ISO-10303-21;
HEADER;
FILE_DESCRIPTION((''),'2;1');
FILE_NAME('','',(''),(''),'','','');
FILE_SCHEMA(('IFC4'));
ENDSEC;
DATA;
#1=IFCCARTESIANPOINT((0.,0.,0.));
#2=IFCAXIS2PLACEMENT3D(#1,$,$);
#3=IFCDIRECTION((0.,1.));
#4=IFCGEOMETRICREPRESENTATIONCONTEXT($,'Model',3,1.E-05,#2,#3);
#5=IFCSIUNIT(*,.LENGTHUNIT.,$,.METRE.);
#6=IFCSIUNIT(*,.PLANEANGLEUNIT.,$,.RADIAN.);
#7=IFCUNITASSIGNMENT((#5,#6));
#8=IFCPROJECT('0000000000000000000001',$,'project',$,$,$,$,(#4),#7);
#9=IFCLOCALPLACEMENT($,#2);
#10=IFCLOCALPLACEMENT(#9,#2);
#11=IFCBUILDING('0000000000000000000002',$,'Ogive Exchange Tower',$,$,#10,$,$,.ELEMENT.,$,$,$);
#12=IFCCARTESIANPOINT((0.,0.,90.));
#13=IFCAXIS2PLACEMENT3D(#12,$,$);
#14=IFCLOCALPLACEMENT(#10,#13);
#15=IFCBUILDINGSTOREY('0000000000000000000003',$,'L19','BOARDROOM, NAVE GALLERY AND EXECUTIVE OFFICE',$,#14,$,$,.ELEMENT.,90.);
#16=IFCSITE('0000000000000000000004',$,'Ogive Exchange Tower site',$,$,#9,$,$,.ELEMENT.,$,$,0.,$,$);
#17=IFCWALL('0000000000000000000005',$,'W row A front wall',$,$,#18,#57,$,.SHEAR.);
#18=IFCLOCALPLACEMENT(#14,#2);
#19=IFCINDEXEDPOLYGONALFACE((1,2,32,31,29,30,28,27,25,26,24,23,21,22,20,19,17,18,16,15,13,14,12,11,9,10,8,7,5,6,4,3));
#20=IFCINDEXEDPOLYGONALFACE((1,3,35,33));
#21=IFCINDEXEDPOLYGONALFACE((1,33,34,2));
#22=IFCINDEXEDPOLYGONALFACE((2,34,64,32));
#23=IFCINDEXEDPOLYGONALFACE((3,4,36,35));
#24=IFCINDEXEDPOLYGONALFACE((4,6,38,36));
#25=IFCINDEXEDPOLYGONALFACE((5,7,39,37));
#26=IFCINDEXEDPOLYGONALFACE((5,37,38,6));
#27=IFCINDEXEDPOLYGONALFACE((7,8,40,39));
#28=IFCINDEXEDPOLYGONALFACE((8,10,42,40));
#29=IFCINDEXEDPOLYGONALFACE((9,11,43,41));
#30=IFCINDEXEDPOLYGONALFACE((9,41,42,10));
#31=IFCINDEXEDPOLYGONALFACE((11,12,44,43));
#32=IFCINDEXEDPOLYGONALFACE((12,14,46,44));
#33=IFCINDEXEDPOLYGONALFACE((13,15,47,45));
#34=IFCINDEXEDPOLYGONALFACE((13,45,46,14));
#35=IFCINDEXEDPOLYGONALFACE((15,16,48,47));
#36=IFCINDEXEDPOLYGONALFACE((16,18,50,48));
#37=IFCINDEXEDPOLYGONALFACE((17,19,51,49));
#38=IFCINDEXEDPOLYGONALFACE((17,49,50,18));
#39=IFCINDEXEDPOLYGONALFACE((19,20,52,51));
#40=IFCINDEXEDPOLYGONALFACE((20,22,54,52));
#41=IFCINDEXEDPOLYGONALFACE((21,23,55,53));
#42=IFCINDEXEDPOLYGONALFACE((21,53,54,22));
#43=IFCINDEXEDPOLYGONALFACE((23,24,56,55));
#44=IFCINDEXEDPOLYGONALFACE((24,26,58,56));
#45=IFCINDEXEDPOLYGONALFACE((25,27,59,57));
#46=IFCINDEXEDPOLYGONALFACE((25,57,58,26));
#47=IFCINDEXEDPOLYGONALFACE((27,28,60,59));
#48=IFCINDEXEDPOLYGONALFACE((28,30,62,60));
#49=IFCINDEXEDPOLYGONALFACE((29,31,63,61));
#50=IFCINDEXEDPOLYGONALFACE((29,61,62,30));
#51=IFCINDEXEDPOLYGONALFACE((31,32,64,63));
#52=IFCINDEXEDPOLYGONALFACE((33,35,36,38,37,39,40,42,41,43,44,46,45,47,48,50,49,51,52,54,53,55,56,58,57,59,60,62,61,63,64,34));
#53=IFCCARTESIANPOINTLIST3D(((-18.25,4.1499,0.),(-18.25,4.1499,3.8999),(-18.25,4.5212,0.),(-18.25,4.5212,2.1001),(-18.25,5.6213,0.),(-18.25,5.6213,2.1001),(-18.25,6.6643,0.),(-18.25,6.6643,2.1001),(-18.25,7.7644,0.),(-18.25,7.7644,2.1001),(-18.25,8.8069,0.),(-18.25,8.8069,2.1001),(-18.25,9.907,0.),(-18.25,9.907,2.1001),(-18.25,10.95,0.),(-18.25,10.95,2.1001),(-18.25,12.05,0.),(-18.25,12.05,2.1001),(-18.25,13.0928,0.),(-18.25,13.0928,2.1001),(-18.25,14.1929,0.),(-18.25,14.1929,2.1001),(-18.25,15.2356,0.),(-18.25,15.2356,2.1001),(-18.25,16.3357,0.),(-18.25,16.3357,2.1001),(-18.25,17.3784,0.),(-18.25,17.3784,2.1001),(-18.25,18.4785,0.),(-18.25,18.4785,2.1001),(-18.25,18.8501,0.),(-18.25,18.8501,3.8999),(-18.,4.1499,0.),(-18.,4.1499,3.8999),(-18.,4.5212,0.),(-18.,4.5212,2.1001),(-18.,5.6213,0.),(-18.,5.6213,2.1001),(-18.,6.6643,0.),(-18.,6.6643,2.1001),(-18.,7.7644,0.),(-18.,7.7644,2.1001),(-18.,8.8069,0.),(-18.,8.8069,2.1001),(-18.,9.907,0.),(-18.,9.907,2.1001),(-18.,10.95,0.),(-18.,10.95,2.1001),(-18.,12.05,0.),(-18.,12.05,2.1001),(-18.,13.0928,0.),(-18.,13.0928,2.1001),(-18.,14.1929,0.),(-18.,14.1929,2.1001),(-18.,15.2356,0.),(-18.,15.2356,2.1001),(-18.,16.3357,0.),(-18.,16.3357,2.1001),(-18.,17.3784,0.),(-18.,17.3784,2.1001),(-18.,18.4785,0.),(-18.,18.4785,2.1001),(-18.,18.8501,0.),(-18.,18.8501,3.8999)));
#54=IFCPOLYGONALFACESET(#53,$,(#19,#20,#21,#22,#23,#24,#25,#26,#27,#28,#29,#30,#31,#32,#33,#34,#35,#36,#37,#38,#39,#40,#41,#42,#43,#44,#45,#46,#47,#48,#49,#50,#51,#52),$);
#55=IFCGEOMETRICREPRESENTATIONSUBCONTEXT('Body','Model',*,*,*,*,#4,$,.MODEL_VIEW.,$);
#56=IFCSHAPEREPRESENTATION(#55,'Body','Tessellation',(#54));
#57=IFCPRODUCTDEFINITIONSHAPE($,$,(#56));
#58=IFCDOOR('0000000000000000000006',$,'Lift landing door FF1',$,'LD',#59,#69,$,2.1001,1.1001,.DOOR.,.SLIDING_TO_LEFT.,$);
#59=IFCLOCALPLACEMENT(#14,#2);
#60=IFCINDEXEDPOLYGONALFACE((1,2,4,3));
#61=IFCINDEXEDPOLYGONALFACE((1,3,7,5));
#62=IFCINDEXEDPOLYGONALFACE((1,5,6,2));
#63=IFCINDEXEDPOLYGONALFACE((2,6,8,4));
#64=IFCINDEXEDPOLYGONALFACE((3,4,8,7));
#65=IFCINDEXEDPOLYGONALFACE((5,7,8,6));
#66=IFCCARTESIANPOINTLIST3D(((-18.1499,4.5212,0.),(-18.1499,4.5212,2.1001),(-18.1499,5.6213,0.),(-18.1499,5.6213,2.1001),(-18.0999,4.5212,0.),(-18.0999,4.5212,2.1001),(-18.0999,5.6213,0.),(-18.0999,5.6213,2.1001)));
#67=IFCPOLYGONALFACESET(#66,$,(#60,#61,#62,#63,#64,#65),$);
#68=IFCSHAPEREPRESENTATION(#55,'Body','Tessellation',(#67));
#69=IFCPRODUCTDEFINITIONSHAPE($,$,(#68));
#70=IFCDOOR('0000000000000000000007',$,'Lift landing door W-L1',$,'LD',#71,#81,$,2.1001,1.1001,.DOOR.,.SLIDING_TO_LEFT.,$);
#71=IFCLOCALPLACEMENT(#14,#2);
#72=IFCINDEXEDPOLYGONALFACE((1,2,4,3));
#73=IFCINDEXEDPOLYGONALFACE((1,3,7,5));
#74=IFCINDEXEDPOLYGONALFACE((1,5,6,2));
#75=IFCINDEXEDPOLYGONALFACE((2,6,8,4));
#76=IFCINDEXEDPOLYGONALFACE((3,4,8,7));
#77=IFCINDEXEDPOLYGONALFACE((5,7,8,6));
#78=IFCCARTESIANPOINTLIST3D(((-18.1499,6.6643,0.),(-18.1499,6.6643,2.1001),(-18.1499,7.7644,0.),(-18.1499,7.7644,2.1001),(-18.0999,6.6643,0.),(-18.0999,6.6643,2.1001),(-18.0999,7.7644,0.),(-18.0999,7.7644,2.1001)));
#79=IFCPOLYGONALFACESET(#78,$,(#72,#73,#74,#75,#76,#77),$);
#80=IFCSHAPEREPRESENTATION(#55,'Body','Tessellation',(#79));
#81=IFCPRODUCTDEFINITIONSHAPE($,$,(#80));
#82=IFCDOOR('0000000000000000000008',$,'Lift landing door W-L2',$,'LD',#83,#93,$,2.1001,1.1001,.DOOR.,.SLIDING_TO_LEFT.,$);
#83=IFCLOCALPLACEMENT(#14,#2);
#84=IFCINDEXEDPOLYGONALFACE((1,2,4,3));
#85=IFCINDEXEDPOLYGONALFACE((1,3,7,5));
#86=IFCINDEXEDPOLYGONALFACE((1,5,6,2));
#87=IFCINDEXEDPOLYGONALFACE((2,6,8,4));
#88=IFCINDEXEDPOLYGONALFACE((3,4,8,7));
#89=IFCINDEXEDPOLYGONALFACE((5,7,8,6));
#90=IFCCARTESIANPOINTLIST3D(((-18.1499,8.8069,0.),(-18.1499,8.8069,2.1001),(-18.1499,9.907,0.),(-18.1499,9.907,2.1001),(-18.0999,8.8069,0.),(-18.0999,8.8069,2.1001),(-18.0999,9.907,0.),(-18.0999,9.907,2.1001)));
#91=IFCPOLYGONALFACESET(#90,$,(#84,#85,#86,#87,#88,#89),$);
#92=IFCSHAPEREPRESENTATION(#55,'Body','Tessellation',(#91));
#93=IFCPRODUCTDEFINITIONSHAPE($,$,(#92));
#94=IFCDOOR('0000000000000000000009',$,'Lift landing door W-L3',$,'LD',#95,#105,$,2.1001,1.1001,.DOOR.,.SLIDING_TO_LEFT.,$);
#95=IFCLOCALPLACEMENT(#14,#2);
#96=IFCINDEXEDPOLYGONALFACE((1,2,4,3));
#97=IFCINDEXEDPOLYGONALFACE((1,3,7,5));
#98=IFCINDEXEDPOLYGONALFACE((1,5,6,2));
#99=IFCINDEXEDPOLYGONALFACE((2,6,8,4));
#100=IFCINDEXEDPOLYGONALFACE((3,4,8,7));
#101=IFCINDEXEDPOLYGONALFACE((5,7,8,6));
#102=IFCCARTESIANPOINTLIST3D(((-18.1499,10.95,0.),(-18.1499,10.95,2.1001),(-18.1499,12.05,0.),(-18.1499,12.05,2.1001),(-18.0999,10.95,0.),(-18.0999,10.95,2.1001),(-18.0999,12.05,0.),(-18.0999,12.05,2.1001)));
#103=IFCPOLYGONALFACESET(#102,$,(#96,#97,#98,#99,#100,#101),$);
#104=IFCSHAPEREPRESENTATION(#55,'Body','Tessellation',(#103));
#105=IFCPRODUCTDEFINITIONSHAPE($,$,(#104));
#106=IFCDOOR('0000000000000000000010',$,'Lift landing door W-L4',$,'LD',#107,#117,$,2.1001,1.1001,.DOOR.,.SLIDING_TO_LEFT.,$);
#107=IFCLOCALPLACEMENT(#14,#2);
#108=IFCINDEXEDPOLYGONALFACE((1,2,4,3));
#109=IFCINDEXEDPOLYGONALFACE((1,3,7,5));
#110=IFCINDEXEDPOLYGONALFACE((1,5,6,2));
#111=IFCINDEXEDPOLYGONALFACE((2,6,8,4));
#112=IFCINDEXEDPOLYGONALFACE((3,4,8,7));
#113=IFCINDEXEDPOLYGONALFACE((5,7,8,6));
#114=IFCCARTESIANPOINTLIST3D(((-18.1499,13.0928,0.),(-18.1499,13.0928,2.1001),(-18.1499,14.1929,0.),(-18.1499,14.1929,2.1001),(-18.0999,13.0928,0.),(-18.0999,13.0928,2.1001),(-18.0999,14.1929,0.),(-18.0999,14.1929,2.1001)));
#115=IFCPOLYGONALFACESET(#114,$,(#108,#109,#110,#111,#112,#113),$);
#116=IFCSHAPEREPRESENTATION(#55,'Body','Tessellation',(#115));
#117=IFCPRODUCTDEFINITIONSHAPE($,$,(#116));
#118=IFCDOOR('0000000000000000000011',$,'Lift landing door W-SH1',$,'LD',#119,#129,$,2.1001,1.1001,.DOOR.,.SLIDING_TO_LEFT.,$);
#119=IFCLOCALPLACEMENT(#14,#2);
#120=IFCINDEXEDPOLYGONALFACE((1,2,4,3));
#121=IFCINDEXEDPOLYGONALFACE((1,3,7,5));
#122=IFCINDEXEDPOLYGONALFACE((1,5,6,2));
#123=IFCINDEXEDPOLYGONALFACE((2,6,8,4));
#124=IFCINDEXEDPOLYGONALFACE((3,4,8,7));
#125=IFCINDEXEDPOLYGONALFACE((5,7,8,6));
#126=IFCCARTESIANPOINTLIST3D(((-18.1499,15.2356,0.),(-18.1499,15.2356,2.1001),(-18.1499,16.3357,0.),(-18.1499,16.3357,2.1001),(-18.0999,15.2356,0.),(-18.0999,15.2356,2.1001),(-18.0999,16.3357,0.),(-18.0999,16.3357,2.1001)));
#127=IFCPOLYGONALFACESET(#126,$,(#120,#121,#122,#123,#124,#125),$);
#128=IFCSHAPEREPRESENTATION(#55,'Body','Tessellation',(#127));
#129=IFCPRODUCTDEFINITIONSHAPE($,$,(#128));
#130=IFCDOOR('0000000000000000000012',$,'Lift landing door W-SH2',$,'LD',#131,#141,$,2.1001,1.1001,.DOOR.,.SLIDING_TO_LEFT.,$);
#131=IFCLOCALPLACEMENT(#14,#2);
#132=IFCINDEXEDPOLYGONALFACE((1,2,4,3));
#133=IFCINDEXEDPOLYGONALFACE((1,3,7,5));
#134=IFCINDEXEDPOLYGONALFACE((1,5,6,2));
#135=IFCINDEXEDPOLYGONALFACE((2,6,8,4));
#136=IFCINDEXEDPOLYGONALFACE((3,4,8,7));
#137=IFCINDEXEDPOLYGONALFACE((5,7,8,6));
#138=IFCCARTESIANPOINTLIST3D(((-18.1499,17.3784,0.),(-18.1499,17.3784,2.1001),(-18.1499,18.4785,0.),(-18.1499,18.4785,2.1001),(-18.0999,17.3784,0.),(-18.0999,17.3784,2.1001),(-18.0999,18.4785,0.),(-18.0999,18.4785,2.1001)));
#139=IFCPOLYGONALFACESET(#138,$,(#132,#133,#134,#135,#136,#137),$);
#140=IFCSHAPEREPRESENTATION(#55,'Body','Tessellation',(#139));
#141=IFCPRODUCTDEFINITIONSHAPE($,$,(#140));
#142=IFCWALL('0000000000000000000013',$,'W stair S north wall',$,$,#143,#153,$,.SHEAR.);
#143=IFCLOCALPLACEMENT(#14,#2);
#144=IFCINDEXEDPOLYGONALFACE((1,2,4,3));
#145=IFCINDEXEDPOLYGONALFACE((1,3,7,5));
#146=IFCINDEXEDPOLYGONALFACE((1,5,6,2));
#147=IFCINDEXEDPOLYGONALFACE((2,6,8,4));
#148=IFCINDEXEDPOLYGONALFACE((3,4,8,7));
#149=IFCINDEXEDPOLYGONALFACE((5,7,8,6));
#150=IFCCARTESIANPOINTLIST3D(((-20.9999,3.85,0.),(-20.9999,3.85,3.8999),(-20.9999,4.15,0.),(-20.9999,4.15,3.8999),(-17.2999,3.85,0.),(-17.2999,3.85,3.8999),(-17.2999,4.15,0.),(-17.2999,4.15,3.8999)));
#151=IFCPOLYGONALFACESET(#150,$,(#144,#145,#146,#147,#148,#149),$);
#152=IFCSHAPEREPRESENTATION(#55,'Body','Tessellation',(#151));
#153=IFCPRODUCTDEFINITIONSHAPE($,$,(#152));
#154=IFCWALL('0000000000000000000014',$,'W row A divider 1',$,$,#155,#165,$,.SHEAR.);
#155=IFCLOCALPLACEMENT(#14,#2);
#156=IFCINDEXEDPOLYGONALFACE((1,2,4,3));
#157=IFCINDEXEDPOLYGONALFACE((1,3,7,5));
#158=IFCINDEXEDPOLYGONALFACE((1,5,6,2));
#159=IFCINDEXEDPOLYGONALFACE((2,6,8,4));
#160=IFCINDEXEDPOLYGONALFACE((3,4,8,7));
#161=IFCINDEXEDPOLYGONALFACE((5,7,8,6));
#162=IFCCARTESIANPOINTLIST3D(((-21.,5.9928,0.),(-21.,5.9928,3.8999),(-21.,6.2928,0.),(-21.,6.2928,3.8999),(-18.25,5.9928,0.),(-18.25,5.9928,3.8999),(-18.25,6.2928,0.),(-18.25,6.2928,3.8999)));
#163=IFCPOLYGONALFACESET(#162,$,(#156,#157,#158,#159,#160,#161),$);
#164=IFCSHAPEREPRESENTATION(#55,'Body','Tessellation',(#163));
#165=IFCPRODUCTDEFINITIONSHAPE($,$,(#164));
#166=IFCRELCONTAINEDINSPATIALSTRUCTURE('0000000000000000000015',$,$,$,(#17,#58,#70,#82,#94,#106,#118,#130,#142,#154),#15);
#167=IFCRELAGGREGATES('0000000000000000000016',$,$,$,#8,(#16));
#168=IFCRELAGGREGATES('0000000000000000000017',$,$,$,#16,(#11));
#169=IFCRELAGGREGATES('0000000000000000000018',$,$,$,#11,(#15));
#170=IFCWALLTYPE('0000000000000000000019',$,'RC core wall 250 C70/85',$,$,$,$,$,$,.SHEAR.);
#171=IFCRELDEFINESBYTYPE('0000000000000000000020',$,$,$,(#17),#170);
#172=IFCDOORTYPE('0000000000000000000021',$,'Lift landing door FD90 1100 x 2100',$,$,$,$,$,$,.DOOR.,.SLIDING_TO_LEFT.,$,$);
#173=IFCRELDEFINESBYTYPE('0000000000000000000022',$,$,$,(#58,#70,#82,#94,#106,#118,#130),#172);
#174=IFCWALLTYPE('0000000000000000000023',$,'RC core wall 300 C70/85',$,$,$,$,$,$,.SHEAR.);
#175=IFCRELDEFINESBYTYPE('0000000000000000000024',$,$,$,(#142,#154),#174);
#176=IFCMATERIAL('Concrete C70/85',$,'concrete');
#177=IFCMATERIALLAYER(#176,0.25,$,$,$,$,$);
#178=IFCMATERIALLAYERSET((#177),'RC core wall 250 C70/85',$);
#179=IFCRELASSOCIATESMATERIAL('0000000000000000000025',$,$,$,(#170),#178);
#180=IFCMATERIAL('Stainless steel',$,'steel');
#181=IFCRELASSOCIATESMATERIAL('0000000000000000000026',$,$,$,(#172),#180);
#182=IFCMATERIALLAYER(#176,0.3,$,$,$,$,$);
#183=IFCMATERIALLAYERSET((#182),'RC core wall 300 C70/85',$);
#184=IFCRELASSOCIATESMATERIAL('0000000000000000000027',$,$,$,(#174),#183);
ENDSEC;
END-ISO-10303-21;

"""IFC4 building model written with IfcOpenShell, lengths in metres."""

from ifc_helpers import new_model, si_unit, direction, frame, frame_2d, origin, place, context, subcontext, project, spatial, rectangle, extrude, material, layer, layer_set, type_object, element, fill, save


model = new_model("IFC4")

# Units and contexts
model_context = context("Model", 3, precision=1e-05, world=origin(), true_north=direction((0.0, 1.0)))
body_context = subcontext(model_context, "Body", "Model", "MODEL_VIEW")
ifc_project = project(units=[si_unit("LENGTHUNIT", "METRE"), si_unit("PLANEANGLEUNIT", "RADIAN")], contexts=[model_context])

# Site, building, storey
site_placement = place(None, origin())
site = spatial("IfcSite", under=ifc_project, at=site_placement, Name="Ogive Exchange Tower site", CompositionType="ELEMENT", RefElevation=0.0)
building_placement = place(site_placement, origin())
building = spatial("IfcBuilding", under=site, at=building_placement, Name="Ogive Exchange Tower", CompositionType="ELEMENT")
storey_placement = place(building_placement, frame((0.0, 0.0, 90.0)))
storey = spatial("IfcBuildingStorey", under=building, at=storey_placement, Name="L19", Description="BOARDROOM, NAVE GALLERY AND EXECUTIVE OFFICE", CompositionType="ELEMENT", Elevation=90.0)

# Wall, openings, doors
ifc_material_1 = material(Name="Concrete C70/85", Category="concrete")
ifc_layer_1 = layer(ifc_material_1, 0.25)
ifc_layer_set_1 = layer_set([ifc_layer_1], Name="RC core wall 250 C70/85")
wall_type_1 = type_object("IfcWallType", Name="RC core wall 250 C70/85", PredefinedType="SHEAR", material=ifc_layer_set_1)
wall_1_placement = place(storey_placement, frame((-18.125, 4.1499, 0.0), z_axis=(0.0, 0.0, 1.0), x_axis=(0.0, 1.0, 0.0)))
wall_1 = element("IfcWall", 1, at=wall_1_placement, inside=storey, type_object=wall_type_1, Name="W row A front wall", PredefinedType="SHEAR", context=body_context, shape_type="SweptSolid", body=[
    extrude(rectangle(XDim=14.7002, YDim=0.25, at=frame_2d((7.3501, 0.0))), origin(), (0.0, 0.0, 1.0), 3.8999),
])
opening_1_placement = place(wall_1_placement, frame((0.3713, 0.0, 0.0)))
opening_1 = element("IfcOpeningElement", 2, at=opening_1_placement, cuts=wall_1, PredefinedType="OPENING", context=body_context, shape_type="SweptSolid", body=[
    extrude(rectangle(XDim=1.1001, YDim=2.1001, at=frame_2d((0.55, 1.05))), frame((0.0, 0.135, 0.0), z_axis=(0.0, -1.0, 0.0), x_axis=(1.0, 0.0, 0.0)), (0.0, 0.0, 1.0), 0.27),
])
opening_2_placement = place(wall_1_placement, frame((2.5144, 0.0, 0.0)))
opening_2 = element("IfcOpeningElement", 3, at=opening_2_placement, cuts=wall_1, PredefinedType="OPENING", context=body_context, shape_type="SweptSolid", body=[
    extrude(rectangle(XDim=1.1001, YDim=2.1001, at=frame_2d((0.55, 1.05))), frame((0.0, 0.135, 0.0), z_axis=(0.0, -1.0, 0.0), x_axis=(1.0, 0.0, 0.0)), (0.0, 0.0, 1.0), 0.27),
])
opening_3_placement = place(wall_1_placement, frame((4.657, 0.0, 0.0)))
opening_3 = element("IfcOpeningElement", 4, at=opening_3_placement, cuts=wall_1, PredefinedType="OPENING", context=body_context, shape_type="SweptSolid", body=[
    extrude(rectangle(XDim=1.1001, YDim=2.1001, at=frame_2d((0.55, 1.05))), frame((0.0, 0.135, 0.0), z_axis=(0.0, -1.0, 0.0), x_axis=(1.0, 0.0, 0.0)), (0.0, 0.0, 1.0), 0.27),
])
opening_4_placement = place(wall_1_placement, frame((6.8, 0.0, 0.0)))
opening_4 = element("IfcOpeningElement", 5, at=opening_4_placement, cuts=wall_1, PredefinedType="OPENING", context=body_context, shape_type="SweptSolid", body=[
    extrude(rectangle(XDim=1.1001, YDim=2.1001, at=frame_2d((0.55, 1.05))), frame((0.0, 0.135, 0.0), z_axis=(0.0, -1.0, 0.0), x_axis=(1.0, 0.0, 0.0)), (0.0, 0.0, 1.0), 0.27),
])
opening_5_placement = place(wall_1_placement, frame((8.9429, 0.0, 0.0)))
opening_5 = element("IfcOpeningElement", 6, at=opening_5_placement, cuts=wall_1, PredefinedType="OPENING", context=body_context, shape_type="SweptSolid", body=[
    extrude(rectangle(XDim=1.1001, YDim=2.1001, at=frame_2d((0.55, 1.05))), frame((0.0, 0.135, 0.0), z_axis=(0.0, -1.0, 0.0), x_axis=(1.0, 0.0, 0.0)), (0.0, 0.0, 1.0), 0.27),
])
opening_6_placement = place(wall_1_placement, frame((11.0857, 0.0, 0.0)))
opening_6 = element("IfcOpeningElement", 7, at=opening_6_placement, cuts=wall_1, PredefinedType="OPENING", context=body_context, shape_type="SweptSolid", body=[
    extrude(rectangle(XDim=1.1001, YDim=2.1001, at=frame_2d((0.55, 1.05))), frame((0.0, 0.135, 0.0), z_axis=(0.0, -1.0, 0.0), x_axis=(1.0, 0.0, 0.0)), (0.0, 0.0, 1.0), 0.27),
])
opening_7_placement = place(wall_1_placement, frame((13.2285, 0.0, 0.0)))
opening_7 = element("IfcOpeningElement", 8, at=opening_7_placement, cuts=wall_1, PredefinedType="OPENING", context=body_context, shape_type="SweptSolid", body=[
    extrude(rectangle(XDim=1.1001, YDim=2.1001, at=frame_2d((0.55, 1.05))), frame((0.0, 0.135, 0.0), z_axis=(0.0, -1.0, 0.0), x_axis=(1.0, 0.0, 0.0)), (0.0, 0.0, 1.0), 0.27),
])
ifc_material_2 = material(Name="Stainless steel", Category="steel")
door_type_1 = type_object("IfcDoorType", Name="Lift landing door FD90 1100 x 2100", OperationType="SLIDING_TO_LEFT", PredefinedType="DOOR", material=ifc_material_2)
door_1_placement = place(opening_1_placement, origin())
door_1 = element("IfcDoor", 9, at=door_1_placement, inside=storey, type_object=door_type_1, Name="Lift landing door FF1", ObjectType="LD", OperationType="SLIDING_TO_LEFT", OverallHeight=2.1001, OverallWidth=1.1001, PredefinedType="DOOR", context=body_context, shape_type="SweptSolid", body=[
    extrude(rectangle(XDim=1.1001, YDim=2.1001, at=frame_2d((0.55, 1.05))), frame((0.0, 0.0249, 0.0), z_axis=(0.0, -1.0, 0.0), x_axis=(1.0, 0.0, 0.0)), (0.0, 0.0, 1.0), 0.05),
])
fill(opening_1, door_1)
door_2_placement = place(opening_2_placement, origin())
door_2 = element("IfcDoor", 10, at=door_2_placement, inside=storey, type_object=door_type_1, Name="Lift landing door W-L1", ObjectType="LD", OperationType="SLIDING_TO_LEFT", OverallHeight=2.1001, OverallWidth=1.1001, PredefinedType="DOOR", context=body_context, shape_type="SweptSolid", body=[
    extrude(rectangle(XDim=1.1001, YDim=2.1001, at=frame_2d((0.55, 1.05))), frame((0.0, 0.0249, 0.0), z_axis=(0.0, -1.0, 0.0), x_axis=(1.0, 0.0, 0.0)), (0.0, 0.0, 1.0), 0.05),
])
fill(opening_2, door_2)
door_3_placement = place(opening_3_placement, origin())
door_3 = element("IfcDoor", 11, at=door_3_placement, inside=storey, type_object=door_type_1, Name="Lift landing door W-L2", ObjectType="LD", OperationType="SLIDING_TO_LEFT", OverallHeight=2.1001, OverallWidth=1.1001, PredefinedType="DOOR", context=body_context, shape_type="SweptSolid", body=[
    extrude(rectangle(XDim=1.1001, YDim=2.1001, at=frame_2d((0.55, 1.05))), frame((0.0, 0.0249, 0.0), z_axis=(0.0, -1.0, 0.0), x_axis=(1.0, 0.0, 0.0)), (0.0, 0.0, 1.0), 0.05),
])
fill(opening_3, door_3)
door_4_placement = place(opening_4_placement, origin())
door_4 = element("IfcDoor", 12, at=door_4_placement, inside=storey, type_object=door_type_1, Name="Lift landing door W-L3", ObjectType="LD", OperationType="SLIDING_TO_LEFT", OverallHeight=2.1001, OverallWidth=1.1001, PredefinedType="DOOR", context=body_context, shape_type="SweptSolid", body=[
    extrude(rectangle(XDim=1.1001, YDim=2.1001, at=frame_2d((0.55, 1.05))), frame((0.0, 0.0249, 0.0), z_axis=(0.0, -1.0, 0.0), x_axis=(1.0, 0.0, 0.0)), (0.0, 0.0, 1.0), 0.05),
])
fill(opening_4, door_4)
door_5_placement = place(opening_5_placement, origin())
door_5 = element("IfcDoor", 13, at=door_5_placement, inside=storey, type_object=door_type_1, Name="Lift landing door W-L4", ObjectType="LD", OperationType="SLIDING_TO_LEFT", OverallHeight=2.1001, OverallWidth=1.1001, PredefinedType="DOOR", context=body_context, shape_type="SweptSolid", body=[
    extrude(rectangle(XDim=1.1001, YDim=2.1001, at=frame_2d((0.55, 1.05))), frame((0.0, 0.0249, 0.0), z_axis=(0.0, -1.0, 0.0), x_axis=(1.0, 0.0, 0.0)), (0.0, 0.0, 1.0), 0.05),
])
fill(opening_5, door_5)
door_6_placement = place(opening_6_placement, origin())
door_6 = element("IfcDoor", 14, at=door_6_placement, inside=storey, type_object=door_type_1, Name="Lift landing door W-SH1", ObjectType="LD", OperationType="SLIDING_TO_LEFT", OverallHeight=2.1001, OverallWidth=1.1001, PredefinedType="DOOR", context=body_context, shape_type="SweptSolid", body=[
    extrude(rectangle(XDim=1.1001, YDim=2.1001, at=frame_2d((0.55, 1.05))), frame((0.0, 0.0249, 0.0), z_axis=(0.0, -1.0, 0.0), x_axis=(1.0, 0.0, 0.0)), (0.0, 0.0, 1.0), 0.05),
])
fill(opening_6, door_6)
door_7_placement = place(opening_7_placement, origin())
door_7 = element("IfcDoor", 15, at=door_7_placement, inside=storey, type_object=door_type_1, Name="Lift landing door W-SH2", ObjectType="LD", OperationType="SLIDING_TO_LEFT", OverallHeight=2.1001, OverallWidth=1.1001, PredefinedType="DOOR", context=body_context, shape_type="SweptSolid", body=[
    extrude(rectangle(XDim=1.1001, YDim=2.1001, at=frame_2d((0.55, 1.05))), frame((0.0, 0.0249, 0.0), z_axis=(0.0, -1.0, 0.0), x_axis=(1.0, 0.0, 0.0)), (0.0, 0.0, 1.0), 0.05),
])
fill(opening_7, door_7)

# Walls
ifc_layer_2 = layer(ifc_material_1, 0.3)
ifc_layer_set_2 = layer_set([ifc_layer_2], Name="RC core wall 300 C70/85")
wall_type_2 = type_object("IfcWallType", Name="RC core wall 300 C70/85", PredefinedType="SHEAR", material=ifc_layer_set_2)
wall_2_placement = place(storey_placement, frame((-21.0, 4.0, 0.0), z_axis=(0.0, 0.0, 1.0), x_axis=(1.0, 0.0, 0.0)))
element("IfcWall", 16, at=wall_2_placement, inside=storey, type_object=wall_type_2, Name="W stair S north wall", PredefinedType="SHEAR", context=body_context, shape_type="SweptSolid", body=[
    extrude(rectangle(XDim=3.7, YDim=0.3, at=frame_2d((1.8501, 0.0))), origin(), (0.0, 0.0, 1.0), 3.8999),
])
for number, where, z_axis, x_axis, name in (
    (17, (-21.0, 6.1428, 0.0), (0.0, 0.0, 1.0), (1.0, 0.0, 0.0), "W row A divider 1"),
):
    element("IfcWall", number, at=place(storey_placement, frame(where, z_axis=z_axis, x_axis=x_axis)), inside=storey, type_object=wall_type_2, Name=name, PredefinedType="SHEAR", context=body_context, shape_type="SweptSolid", body=[
        extrude(rectangle(XDim=2.75, YDim=0.3, at=frame_2d((1.375, 0.0))), origin(), (0.0, 0.0, 1.0), 3.8999),
    ])

save(model, "model.ifc")
